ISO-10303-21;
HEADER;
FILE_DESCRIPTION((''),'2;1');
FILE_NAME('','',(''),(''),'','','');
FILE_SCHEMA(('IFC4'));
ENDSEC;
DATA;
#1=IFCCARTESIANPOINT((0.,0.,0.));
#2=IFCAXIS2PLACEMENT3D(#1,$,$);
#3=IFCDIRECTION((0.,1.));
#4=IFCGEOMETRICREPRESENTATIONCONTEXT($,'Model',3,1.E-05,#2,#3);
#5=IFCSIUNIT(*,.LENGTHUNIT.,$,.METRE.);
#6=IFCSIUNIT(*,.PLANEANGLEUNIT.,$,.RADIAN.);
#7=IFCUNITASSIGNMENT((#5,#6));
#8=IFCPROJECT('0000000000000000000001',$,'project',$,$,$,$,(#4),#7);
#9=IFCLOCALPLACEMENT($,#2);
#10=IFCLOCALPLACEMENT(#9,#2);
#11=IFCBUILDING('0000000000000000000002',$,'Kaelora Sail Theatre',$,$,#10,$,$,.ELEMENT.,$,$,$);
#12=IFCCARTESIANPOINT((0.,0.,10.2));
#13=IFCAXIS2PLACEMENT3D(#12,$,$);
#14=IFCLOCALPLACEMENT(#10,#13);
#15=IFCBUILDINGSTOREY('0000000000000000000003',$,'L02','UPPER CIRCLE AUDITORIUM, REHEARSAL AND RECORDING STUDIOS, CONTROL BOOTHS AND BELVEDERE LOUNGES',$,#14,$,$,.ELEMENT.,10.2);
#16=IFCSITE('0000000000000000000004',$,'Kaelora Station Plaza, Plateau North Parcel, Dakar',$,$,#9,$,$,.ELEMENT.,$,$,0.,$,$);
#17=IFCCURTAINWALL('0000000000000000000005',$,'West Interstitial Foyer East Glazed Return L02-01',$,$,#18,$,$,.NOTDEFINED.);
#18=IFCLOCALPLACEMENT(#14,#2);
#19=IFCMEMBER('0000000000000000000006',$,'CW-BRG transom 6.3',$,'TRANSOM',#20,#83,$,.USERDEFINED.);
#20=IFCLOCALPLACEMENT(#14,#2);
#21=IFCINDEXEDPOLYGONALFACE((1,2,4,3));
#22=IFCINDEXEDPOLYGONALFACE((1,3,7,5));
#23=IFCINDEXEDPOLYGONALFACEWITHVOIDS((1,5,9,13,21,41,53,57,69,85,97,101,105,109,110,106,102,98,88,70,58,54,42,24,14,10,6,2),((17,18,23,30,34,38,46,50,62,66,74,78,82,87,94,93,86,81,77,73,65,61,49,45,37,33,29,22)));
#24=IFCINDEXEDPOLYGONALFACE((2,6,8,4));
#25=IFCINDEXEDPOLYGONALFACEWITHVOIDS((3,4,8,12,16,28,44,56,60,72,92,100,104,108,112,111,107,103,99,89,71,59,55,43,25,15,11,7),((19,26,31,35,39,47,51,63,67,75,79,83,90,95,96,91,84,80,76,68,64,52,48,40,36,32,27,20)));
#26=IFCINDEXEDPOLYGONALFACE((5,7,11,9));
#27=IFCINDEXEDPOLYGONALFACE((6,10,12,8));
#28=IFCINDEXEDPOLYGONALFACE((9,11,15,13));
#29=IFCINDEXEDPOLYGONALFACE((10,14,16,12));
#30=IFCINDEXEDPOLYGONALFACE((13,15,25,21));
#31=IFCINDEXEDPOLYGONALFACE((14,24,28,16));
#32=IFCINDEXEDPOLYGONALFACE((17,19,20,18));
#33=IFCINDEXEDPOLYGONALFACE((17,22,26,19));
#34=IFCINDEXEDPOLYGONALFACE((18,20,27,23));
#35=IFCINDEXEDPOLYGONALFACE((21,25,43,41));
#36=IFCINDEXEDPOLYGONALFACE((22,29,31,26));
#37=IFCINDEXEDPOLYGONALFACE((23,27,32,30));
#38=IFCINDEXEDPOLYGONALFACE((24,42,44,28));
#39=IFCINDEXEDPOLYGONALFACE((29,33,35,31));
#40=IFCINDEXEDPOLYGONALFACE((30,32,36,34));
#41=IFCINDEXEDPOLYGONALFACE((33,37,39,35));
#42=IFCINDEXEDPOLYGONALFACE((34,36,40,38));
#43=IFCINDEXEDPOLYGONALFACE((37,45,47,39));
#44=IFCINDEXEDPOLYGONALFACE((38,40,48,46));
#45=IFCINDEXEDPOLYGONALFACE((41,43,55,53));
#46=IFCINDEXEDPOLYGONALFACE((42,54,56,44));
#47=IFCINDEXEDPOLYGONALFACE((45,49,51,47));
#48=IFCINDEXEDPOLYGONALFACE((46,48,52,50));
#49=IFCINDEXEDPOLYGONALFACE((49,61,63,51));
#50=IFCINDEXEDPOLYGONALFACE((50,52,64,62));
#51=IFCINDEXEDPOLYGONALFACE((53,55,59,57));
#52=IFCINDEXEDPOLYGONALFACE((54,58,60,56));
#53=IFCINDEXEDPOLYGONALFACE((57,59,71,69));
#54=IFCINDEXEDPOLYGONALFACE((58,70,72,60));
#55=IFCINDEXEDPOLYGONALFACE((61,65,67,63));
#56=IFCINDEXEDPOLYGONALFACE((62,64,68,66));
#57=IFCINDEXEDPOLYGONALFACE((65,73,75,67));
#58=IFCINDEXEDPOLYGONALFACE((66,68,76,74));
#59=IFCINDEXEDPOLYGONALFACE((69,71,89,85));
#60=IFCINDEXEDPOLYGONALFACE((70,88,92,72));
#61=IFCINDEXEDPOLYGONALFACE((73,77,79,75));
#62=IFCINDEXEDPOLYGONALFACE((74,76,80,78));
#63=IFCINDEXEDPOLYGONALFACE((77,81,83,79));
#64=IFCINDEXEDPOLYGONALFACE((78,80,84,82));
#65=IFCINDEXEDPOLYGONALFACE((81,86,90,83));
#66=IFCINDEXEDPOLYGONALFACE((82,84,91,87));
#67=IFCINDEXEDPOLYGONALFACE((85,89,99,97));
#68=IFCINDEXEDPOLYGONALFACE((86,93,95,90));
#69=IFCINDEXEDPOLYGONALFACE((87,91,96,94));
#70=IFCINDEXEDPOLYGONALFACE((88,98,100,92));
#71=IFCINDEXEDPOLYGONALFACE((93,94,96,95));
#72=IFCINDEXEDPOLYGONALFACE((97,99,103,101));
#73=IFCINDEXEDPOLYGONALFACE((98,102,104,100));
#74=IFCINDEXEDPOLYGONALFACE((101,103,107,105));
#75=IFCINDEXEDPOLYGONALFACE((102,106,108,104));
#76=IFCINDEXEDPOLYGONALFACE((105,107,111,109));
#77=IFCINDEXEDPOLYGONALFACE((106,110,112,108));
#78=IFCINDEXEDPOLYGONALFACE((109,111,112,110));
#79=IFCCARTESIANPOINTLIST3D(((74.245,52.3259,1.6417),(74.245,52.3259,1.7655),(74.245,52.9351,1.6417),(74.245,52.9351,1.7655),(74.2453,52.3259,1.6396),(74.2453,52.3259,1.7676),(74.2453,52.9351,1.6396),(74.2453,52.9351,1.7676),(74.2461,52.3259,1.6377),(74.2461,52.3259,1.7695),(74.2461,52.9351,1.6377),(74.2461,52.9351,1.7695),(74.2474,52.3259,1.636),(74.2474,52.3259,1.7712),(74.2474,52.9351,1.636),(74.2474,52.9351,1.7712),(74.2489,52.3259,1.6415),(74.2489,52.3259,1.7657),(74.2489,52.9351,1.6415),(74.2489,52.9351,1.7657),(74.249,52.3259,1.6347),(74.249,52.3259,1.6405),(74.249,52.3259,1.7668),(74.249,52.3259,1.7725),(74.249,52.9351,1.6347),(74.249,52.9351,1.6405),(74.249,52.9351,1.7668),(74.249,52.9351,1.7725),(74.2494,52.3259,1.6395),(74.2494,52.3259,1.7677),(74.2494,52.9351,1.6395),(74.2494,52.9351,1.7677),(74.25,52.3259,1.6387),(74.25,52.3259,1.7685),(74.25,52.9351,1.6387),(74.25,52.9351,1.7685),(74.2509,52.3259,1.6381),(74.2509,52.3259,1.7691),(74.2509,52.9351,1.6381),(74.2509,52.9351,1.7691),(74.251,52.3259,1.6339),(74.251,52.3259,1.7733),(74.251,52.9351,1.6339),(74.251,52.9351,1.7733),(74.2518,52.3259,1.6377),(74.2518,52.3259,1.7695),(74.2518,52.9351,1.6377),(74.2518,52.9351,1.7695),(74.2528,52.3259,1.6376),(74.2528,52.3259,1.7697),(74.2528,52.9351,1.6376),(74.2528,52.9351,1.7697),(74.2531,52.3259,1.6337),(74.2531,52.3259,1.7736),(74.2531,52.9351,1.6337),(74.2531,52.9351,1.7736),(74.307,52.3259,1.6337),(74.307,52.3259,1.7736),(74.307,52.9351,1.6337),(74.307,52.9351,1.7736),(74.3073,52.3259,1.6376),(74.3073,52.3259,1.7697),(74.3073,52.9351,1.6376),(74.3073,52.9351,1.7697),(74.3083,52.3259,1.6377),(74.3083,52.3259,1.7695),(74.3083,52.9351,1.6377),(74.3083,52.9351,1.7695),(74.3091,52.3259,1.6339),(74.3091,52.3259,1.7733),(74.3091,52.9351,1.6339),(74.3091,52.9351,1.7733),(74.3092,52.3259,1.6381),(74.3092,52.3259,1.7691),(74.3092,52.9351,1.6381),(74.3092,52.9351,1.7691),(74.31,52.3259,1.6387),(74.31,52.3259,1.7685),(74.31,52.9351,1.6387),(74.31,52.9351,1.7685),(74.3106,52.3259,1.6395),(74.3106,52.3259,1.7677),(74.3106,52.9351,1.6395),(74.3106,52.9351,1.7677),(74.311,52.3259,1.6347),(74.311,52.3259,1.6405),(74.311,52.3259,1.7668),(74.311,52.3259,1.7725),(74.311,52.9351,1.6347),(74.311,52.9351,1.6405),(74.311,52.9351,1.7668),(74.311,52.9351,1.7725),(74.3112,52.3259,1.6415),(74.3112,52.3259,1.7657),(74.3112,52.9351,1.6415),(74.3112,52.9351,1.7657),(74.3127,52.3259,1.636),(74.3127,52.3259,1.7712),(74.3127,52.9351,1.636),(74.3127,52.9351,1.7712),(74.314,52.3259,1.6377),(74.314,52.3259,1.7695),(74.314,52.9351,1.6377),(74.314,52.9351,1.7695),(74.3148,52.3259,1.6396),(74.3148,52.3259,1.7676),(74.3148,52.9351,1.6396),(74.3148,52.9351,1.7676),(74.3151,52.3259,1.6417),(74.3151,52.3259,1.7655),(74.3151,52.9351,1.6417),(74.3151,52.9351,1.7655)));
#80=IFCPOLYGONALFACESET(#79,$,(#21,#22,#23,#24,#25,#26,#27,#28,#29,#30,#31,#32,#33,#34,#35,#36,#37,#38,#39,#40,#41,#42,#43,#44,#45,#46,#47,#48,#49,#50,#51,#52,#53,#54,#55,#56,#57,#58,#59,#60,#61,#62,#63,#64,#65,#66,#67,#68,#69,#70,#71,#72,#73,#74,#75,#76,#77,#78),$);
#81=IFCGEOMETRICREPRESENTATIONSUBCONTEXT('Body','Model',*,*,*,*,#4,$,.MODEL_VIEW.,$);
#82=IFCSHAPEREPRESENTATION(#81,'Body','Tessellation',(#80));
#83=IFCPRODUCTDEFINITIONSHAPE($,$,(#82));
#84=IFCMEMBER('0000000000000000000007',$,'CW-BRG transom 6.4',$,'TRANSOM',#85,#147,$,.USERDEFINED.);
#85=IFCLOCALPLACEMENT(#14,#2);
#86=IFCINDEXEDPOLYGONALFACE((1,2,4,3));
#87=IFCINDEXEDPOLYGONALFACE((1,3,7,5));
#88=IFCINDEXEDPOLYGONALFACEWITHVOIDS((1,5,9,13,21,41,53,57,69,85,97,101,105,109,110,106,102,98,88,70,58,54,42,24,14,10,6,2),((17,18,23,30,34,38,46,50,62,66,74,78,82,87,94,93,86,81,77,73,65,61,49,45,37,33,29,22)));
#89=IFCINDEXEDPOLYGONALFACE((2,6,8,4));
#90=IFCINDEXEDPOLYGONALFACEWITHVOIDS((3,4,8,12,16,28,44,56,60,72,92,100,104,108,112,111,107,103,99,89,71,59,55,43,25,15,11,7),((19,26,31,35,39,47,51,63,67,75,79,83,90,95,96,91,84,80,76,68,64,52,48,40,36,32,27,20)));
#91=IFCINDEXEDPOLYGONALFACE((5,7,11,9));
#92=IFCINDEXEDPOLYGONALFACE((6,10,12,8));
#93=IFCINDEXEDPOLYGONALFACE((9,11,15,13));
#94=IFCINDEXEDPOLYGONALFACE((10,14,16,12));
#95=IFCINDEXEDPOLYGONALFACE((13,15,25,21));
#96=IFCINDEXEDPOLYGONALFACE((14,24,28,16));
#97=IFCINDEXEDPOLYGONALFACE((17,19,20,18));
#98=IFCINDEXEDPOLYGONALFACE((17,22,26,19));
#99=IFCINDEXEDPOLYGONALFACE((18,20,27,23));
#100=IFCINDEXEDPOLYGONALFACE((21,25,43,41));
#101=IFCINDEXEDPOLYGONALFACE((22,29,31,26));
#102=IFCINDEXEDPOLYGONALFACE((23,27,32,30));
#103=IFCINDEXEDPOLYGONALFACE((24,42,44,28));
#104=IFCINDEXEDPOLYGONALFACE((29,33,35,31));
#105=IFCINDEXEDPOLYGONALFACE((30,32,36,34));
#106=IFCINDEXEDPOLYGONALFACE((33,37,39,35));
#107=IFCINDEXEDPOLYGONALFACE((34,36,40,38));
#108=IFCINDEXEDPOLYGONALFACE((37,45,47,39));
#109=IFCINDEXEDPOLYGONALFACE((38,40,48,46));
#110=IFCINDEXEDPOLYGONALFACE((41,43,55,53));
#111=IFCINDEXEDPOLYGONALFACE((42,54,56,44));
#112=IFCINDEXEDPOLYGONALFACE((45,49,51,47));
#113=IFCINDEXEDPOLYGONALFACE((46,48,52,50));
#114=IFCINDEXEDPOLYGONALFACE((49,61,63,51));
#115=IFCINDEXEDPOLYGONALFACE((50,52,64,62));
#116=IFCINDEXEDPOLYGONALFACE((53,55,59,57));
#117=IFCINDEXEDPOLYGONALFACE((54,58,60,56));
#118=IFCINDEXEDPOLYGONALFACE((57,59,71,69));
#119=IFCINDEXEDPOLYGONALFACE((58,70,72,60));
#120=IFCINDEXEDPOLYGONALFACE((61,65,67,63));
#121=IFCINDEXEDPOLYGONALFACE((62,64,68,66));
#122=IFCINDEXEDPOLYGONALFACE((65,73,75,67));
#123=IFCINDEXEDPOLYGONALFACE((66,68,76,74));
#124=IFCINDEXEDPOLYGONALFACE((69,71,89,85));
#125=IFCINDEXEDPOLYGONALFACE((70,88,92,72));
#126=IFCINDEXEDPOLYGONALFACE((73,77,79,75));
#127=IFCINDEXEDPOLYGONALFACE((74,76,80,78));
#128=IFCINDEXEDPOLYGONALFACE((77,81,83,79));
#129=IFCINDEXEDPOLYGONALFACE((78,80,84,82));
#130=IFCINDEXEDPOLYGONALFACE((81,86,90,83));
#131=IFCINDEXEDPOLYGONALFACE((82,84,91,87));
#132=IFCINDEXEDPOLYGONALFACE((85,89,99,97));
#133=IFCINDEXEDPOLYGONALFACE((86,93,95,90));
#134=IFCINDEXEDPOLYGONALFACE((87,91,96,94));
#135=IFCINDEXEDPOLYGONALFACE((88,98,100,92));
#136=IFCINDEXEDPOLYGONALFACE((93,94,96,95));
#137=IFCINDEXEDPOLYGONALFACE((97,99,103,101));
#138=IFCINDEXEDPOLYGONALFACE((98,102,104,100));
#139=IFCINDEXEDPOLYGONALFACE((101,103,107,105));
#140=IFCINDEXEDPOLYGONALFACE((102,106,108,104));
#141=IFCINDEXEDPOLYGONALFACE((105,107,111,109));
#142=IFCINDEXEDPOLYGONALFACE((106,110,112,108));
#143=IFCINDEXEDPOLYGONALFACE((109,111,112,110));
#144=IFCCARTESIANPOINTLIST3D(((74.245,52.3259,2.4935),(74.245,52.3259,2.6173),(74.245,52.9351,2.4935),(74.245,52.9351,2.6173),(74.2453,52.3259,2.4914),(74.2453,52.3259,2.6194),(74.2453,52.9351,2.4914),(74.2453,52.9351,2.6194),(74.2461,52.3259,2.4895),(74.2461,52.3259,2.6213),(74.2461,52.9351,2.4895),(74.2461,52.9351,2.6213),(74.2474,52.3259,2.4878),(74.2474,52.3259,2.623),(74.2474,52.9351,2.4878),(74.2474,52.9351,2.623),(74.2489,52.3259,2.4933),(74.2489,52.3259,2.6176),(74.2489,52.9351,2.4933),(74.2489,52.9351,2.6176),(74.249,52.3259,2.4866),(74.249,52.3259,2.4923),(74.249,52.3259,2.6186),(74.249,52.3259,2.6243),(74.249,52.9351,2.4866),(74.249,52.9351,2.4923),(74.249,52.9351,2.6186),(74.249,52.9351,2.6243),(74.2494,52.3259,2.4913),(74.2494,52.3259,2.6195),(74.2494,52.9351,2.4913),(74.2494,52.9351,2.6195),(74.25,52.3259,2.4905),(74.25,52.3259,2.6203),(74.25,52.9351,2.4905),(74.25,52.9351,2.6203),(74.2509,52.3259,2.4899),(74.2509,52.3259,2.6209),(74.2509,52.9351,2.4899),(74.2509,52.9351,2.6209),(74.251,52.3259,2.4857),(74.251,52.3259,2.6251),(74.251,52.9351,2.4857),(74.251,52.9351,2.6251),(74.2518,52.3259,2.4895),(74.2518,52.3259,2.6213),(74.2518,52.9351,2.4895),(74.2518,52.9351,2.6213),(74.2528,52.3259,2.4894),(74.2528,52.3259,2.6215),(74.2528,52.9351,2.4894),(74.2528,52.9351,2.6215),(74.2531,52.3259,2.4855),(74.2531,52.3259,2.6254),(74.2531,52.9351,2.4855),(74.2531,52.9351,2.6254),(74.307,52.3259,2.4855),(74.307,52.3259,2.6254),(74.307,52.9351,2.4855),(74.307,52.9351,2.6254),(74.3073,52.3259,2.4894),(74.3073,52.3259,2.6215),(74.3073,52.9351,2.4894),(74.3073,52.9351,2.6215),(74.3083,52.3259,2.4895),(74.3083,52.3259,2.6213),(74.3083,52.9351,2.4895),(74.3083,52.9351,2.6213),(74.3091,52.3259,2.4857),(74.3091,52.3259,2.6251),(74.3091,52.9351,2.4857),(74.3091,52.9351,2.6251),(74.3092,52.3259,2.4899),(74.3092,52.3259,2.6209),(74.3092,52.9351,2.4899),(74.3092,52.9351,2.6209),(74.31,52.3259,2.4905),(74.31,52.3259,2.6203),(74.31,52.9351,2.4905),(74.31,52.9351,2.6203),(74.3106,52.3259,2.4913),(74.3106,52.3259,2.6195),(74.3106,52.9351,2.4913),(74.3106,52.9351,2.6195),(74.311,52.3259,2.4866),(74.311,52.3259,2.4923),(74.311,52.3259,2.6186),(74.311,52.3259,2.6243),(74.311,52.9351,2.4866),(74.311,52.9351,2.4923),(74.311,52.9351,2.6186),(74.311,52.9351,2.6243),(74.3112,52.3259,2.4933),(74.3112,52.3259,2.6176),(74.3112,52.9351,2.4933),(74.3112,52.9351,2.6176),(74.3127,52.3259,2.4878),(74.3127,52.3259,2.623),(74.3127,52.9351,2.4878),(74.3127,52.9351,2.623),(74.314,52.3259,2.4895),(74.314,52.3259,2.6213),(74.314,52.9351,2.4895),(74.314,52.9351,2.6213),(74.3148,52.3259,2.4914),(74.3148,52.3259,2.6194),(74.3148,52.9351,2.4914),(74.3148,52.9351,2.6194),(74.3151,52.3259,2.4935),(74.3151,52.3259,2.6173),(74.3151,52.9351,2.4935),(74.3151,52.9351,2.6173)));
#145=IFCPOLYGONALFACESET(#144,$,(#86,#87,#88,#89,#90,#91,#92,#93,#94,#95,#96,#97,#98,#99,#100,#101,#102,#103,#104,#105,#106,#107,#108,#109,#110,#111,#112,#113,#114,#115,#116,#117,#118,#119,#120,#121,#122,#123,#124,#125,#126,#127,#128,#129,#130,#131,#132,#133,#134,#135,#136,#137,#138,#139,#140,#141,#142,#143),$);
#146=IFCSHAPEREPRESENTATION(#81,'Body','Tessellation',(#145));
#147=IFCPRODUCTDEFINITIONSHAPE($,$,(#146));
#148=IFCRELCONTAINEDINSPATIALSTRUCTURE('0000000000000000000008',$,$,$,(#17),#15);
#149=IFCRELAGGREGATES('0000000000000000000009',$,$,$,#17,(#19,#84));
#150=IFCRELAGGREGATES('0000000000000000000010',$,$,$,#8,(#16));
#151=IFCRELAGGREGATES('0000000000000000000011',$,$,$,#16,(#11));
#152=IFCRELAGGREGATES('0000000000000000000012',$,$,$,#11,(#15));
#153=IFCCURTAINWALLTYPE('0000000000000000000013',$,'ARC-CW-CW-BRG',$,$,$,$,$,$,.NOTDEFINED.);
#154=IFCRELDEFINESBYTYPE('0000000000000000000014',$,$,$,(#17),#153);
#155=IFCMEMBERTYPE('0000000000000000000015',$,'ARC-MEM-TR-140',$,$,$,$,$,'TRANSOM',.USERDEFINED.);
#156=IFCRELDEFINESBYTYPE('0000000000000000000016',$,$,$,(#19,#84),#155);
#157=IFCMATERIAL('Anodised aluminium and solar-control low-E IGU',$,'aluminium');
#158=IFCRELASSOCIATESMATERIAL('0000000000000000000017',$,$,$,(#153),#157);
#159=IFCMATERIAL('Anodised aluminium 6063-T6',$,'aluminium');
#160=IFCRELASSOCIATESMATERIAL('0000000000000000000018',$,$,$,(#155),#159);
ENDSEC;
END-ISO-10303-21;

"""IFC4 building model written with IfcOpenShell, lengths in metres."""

from ifc_helpers import new_model, si_unit, direction, frame, origin, origin_2d, place, context, subcontext, project, spatial, hollow_rectangle, extrude, material, material_profile, profile_set, type_object, element, aggregate, save


model = new_model("IFC4")

# Units and contexts
model_context = context("Model", 3, precision=1e-05, world=origin(), true_north=direction((0.0, 1.0)))
body_context = subcontext(model_context, "Body", "Model", "MODEL_VIEW")
ifc_project = project(units=[si_unit("LENGTHUNIT", "METRE"), si_unit("PLANEANGLEUNIT", "RADIAN")], contexts=[model_context])

# Site, building, storey
site_placement = place(None, origin())
site = spatial("IfcSite", under=ifc_project, at=site_placement, Name="Kaelora Station Plaza, Plateau North Parcel, Dakar", CompositionType="ELEMENT", RefElevation=0.0)
building_placement = place(site_placement, origin())
building = spatial("IfcBuilding", under=site, at=building_placement, Name="Kaelora Sail Theatre", CompositionType="ELEMENT")
storey_placement = place(building_placement, frame((0.0, 0.0, 10.2)))
storey = spatial("IfcBuildingStorey", under=building, at=storey_placement, Name="L02", Description="UPPER CIRCLE AUDITORIUM, REHEARSAL AND RECORDING STUDIOS, CONTROL BOOTHS AND BELVEDERE LOUNGES", CompositionType="ELEMENT", Elevation=10.2)

# Curtain wall, members
ifc_material_1 = material(Name="Anodised aluminium and solar-control low-E IGU", Category="aluminium")
curtain_wall_type = type_object("IfcCurtainWallType", Name="ARC-CW-CW-BRG", PredefinedType="NOTDEFINED", material=ifc_material_1)
curtain_wall_1_placement = place(storey_placement, origin())
curtain_wall_1 = element("IfcCurtainWall", 1, at=curtain_wall_1_placement, inside=storey, type_object=curtain_wall_type, Name="West Interstitial Foyer East Glazed Return L02-01", PredefinedType="NOTDEFINED")
ifc_material_2 = material(Name="Anodised aluminium 6063-T6", Category="aluminium")
ifc_material_profile_1 = material_profile(ifc_material_2, hollow_rectangle(XDim=0.0701, YDim=0.1399, WallThickness=0.0039, InnerFilletRadius=0.0039, OuterFilletRadius=0.0081, at=origin_2d()), Name="ALU-TRAN 70x140x4")
ifc_profile_set_1 = profile_set([ifc_material_profile_1], Name="Anodised aluminium 6063-T6")
member_type_1 = type_object("IfcMemberType", Name="ARC-MEM-TR-140", ElementType="TRANSOM", PredefinedType="USERDEFINED", material=ifc_profile_set_1)
member_1_placement = place(storey_placement, frame((74.28, 52.3259, 1.7036), z_axis=(0.0, 1.0, 0.0), x_axis=(-1.0, 0.0, 0.0)))
member_1 = element("IfcMember", 2, at=member_1_placement, type_object=member_type_1, Name="CW-BRG transom 6.3", ObjectType="TRANSOM", PredefinedType="USERDEFINED", context=body_context, shape_type="SweptSolid", body=[
    extrude(hollow_rectangle(XDim=0.0701, YDim=0.1399, WallThickness=0.0039, InnerFilletRadius=0.0039, OuterFilletRadius=0.0081, at=origin_2d()), origin(), (0.0, 0.0, 1.0), 0.6091),
])
member_2_placement = place(storey_placement, frame((74.28, 52.3259, 2.5554), z_axis=(0.0, 1.0, 0.0), x_axis=(-1.0, 0.0, 0.0)))
member_2 = element("IfcMember", 3, at=member_2_placement, type_object=member_type_1, Name="CW-BRG transom 6.4", ObjectType="TRANSOM", PredefinedType="USERDEFINED", context=body_context, shape_type="SweptSolid", body=[
    extrude(hollow_rectangle(XDim=0.0701, YDim=0.1399, WallThickness=0.0039, InnerFilletRadius=0.0039, OuterFilletRadius=0.0081, at=origin_2d()), origin(), (0.0, 0.0, 1.0), 0.6091),
])

aggregate(curtain_wall_1, [member_1, member_2])

save(model, "model.ifc")
